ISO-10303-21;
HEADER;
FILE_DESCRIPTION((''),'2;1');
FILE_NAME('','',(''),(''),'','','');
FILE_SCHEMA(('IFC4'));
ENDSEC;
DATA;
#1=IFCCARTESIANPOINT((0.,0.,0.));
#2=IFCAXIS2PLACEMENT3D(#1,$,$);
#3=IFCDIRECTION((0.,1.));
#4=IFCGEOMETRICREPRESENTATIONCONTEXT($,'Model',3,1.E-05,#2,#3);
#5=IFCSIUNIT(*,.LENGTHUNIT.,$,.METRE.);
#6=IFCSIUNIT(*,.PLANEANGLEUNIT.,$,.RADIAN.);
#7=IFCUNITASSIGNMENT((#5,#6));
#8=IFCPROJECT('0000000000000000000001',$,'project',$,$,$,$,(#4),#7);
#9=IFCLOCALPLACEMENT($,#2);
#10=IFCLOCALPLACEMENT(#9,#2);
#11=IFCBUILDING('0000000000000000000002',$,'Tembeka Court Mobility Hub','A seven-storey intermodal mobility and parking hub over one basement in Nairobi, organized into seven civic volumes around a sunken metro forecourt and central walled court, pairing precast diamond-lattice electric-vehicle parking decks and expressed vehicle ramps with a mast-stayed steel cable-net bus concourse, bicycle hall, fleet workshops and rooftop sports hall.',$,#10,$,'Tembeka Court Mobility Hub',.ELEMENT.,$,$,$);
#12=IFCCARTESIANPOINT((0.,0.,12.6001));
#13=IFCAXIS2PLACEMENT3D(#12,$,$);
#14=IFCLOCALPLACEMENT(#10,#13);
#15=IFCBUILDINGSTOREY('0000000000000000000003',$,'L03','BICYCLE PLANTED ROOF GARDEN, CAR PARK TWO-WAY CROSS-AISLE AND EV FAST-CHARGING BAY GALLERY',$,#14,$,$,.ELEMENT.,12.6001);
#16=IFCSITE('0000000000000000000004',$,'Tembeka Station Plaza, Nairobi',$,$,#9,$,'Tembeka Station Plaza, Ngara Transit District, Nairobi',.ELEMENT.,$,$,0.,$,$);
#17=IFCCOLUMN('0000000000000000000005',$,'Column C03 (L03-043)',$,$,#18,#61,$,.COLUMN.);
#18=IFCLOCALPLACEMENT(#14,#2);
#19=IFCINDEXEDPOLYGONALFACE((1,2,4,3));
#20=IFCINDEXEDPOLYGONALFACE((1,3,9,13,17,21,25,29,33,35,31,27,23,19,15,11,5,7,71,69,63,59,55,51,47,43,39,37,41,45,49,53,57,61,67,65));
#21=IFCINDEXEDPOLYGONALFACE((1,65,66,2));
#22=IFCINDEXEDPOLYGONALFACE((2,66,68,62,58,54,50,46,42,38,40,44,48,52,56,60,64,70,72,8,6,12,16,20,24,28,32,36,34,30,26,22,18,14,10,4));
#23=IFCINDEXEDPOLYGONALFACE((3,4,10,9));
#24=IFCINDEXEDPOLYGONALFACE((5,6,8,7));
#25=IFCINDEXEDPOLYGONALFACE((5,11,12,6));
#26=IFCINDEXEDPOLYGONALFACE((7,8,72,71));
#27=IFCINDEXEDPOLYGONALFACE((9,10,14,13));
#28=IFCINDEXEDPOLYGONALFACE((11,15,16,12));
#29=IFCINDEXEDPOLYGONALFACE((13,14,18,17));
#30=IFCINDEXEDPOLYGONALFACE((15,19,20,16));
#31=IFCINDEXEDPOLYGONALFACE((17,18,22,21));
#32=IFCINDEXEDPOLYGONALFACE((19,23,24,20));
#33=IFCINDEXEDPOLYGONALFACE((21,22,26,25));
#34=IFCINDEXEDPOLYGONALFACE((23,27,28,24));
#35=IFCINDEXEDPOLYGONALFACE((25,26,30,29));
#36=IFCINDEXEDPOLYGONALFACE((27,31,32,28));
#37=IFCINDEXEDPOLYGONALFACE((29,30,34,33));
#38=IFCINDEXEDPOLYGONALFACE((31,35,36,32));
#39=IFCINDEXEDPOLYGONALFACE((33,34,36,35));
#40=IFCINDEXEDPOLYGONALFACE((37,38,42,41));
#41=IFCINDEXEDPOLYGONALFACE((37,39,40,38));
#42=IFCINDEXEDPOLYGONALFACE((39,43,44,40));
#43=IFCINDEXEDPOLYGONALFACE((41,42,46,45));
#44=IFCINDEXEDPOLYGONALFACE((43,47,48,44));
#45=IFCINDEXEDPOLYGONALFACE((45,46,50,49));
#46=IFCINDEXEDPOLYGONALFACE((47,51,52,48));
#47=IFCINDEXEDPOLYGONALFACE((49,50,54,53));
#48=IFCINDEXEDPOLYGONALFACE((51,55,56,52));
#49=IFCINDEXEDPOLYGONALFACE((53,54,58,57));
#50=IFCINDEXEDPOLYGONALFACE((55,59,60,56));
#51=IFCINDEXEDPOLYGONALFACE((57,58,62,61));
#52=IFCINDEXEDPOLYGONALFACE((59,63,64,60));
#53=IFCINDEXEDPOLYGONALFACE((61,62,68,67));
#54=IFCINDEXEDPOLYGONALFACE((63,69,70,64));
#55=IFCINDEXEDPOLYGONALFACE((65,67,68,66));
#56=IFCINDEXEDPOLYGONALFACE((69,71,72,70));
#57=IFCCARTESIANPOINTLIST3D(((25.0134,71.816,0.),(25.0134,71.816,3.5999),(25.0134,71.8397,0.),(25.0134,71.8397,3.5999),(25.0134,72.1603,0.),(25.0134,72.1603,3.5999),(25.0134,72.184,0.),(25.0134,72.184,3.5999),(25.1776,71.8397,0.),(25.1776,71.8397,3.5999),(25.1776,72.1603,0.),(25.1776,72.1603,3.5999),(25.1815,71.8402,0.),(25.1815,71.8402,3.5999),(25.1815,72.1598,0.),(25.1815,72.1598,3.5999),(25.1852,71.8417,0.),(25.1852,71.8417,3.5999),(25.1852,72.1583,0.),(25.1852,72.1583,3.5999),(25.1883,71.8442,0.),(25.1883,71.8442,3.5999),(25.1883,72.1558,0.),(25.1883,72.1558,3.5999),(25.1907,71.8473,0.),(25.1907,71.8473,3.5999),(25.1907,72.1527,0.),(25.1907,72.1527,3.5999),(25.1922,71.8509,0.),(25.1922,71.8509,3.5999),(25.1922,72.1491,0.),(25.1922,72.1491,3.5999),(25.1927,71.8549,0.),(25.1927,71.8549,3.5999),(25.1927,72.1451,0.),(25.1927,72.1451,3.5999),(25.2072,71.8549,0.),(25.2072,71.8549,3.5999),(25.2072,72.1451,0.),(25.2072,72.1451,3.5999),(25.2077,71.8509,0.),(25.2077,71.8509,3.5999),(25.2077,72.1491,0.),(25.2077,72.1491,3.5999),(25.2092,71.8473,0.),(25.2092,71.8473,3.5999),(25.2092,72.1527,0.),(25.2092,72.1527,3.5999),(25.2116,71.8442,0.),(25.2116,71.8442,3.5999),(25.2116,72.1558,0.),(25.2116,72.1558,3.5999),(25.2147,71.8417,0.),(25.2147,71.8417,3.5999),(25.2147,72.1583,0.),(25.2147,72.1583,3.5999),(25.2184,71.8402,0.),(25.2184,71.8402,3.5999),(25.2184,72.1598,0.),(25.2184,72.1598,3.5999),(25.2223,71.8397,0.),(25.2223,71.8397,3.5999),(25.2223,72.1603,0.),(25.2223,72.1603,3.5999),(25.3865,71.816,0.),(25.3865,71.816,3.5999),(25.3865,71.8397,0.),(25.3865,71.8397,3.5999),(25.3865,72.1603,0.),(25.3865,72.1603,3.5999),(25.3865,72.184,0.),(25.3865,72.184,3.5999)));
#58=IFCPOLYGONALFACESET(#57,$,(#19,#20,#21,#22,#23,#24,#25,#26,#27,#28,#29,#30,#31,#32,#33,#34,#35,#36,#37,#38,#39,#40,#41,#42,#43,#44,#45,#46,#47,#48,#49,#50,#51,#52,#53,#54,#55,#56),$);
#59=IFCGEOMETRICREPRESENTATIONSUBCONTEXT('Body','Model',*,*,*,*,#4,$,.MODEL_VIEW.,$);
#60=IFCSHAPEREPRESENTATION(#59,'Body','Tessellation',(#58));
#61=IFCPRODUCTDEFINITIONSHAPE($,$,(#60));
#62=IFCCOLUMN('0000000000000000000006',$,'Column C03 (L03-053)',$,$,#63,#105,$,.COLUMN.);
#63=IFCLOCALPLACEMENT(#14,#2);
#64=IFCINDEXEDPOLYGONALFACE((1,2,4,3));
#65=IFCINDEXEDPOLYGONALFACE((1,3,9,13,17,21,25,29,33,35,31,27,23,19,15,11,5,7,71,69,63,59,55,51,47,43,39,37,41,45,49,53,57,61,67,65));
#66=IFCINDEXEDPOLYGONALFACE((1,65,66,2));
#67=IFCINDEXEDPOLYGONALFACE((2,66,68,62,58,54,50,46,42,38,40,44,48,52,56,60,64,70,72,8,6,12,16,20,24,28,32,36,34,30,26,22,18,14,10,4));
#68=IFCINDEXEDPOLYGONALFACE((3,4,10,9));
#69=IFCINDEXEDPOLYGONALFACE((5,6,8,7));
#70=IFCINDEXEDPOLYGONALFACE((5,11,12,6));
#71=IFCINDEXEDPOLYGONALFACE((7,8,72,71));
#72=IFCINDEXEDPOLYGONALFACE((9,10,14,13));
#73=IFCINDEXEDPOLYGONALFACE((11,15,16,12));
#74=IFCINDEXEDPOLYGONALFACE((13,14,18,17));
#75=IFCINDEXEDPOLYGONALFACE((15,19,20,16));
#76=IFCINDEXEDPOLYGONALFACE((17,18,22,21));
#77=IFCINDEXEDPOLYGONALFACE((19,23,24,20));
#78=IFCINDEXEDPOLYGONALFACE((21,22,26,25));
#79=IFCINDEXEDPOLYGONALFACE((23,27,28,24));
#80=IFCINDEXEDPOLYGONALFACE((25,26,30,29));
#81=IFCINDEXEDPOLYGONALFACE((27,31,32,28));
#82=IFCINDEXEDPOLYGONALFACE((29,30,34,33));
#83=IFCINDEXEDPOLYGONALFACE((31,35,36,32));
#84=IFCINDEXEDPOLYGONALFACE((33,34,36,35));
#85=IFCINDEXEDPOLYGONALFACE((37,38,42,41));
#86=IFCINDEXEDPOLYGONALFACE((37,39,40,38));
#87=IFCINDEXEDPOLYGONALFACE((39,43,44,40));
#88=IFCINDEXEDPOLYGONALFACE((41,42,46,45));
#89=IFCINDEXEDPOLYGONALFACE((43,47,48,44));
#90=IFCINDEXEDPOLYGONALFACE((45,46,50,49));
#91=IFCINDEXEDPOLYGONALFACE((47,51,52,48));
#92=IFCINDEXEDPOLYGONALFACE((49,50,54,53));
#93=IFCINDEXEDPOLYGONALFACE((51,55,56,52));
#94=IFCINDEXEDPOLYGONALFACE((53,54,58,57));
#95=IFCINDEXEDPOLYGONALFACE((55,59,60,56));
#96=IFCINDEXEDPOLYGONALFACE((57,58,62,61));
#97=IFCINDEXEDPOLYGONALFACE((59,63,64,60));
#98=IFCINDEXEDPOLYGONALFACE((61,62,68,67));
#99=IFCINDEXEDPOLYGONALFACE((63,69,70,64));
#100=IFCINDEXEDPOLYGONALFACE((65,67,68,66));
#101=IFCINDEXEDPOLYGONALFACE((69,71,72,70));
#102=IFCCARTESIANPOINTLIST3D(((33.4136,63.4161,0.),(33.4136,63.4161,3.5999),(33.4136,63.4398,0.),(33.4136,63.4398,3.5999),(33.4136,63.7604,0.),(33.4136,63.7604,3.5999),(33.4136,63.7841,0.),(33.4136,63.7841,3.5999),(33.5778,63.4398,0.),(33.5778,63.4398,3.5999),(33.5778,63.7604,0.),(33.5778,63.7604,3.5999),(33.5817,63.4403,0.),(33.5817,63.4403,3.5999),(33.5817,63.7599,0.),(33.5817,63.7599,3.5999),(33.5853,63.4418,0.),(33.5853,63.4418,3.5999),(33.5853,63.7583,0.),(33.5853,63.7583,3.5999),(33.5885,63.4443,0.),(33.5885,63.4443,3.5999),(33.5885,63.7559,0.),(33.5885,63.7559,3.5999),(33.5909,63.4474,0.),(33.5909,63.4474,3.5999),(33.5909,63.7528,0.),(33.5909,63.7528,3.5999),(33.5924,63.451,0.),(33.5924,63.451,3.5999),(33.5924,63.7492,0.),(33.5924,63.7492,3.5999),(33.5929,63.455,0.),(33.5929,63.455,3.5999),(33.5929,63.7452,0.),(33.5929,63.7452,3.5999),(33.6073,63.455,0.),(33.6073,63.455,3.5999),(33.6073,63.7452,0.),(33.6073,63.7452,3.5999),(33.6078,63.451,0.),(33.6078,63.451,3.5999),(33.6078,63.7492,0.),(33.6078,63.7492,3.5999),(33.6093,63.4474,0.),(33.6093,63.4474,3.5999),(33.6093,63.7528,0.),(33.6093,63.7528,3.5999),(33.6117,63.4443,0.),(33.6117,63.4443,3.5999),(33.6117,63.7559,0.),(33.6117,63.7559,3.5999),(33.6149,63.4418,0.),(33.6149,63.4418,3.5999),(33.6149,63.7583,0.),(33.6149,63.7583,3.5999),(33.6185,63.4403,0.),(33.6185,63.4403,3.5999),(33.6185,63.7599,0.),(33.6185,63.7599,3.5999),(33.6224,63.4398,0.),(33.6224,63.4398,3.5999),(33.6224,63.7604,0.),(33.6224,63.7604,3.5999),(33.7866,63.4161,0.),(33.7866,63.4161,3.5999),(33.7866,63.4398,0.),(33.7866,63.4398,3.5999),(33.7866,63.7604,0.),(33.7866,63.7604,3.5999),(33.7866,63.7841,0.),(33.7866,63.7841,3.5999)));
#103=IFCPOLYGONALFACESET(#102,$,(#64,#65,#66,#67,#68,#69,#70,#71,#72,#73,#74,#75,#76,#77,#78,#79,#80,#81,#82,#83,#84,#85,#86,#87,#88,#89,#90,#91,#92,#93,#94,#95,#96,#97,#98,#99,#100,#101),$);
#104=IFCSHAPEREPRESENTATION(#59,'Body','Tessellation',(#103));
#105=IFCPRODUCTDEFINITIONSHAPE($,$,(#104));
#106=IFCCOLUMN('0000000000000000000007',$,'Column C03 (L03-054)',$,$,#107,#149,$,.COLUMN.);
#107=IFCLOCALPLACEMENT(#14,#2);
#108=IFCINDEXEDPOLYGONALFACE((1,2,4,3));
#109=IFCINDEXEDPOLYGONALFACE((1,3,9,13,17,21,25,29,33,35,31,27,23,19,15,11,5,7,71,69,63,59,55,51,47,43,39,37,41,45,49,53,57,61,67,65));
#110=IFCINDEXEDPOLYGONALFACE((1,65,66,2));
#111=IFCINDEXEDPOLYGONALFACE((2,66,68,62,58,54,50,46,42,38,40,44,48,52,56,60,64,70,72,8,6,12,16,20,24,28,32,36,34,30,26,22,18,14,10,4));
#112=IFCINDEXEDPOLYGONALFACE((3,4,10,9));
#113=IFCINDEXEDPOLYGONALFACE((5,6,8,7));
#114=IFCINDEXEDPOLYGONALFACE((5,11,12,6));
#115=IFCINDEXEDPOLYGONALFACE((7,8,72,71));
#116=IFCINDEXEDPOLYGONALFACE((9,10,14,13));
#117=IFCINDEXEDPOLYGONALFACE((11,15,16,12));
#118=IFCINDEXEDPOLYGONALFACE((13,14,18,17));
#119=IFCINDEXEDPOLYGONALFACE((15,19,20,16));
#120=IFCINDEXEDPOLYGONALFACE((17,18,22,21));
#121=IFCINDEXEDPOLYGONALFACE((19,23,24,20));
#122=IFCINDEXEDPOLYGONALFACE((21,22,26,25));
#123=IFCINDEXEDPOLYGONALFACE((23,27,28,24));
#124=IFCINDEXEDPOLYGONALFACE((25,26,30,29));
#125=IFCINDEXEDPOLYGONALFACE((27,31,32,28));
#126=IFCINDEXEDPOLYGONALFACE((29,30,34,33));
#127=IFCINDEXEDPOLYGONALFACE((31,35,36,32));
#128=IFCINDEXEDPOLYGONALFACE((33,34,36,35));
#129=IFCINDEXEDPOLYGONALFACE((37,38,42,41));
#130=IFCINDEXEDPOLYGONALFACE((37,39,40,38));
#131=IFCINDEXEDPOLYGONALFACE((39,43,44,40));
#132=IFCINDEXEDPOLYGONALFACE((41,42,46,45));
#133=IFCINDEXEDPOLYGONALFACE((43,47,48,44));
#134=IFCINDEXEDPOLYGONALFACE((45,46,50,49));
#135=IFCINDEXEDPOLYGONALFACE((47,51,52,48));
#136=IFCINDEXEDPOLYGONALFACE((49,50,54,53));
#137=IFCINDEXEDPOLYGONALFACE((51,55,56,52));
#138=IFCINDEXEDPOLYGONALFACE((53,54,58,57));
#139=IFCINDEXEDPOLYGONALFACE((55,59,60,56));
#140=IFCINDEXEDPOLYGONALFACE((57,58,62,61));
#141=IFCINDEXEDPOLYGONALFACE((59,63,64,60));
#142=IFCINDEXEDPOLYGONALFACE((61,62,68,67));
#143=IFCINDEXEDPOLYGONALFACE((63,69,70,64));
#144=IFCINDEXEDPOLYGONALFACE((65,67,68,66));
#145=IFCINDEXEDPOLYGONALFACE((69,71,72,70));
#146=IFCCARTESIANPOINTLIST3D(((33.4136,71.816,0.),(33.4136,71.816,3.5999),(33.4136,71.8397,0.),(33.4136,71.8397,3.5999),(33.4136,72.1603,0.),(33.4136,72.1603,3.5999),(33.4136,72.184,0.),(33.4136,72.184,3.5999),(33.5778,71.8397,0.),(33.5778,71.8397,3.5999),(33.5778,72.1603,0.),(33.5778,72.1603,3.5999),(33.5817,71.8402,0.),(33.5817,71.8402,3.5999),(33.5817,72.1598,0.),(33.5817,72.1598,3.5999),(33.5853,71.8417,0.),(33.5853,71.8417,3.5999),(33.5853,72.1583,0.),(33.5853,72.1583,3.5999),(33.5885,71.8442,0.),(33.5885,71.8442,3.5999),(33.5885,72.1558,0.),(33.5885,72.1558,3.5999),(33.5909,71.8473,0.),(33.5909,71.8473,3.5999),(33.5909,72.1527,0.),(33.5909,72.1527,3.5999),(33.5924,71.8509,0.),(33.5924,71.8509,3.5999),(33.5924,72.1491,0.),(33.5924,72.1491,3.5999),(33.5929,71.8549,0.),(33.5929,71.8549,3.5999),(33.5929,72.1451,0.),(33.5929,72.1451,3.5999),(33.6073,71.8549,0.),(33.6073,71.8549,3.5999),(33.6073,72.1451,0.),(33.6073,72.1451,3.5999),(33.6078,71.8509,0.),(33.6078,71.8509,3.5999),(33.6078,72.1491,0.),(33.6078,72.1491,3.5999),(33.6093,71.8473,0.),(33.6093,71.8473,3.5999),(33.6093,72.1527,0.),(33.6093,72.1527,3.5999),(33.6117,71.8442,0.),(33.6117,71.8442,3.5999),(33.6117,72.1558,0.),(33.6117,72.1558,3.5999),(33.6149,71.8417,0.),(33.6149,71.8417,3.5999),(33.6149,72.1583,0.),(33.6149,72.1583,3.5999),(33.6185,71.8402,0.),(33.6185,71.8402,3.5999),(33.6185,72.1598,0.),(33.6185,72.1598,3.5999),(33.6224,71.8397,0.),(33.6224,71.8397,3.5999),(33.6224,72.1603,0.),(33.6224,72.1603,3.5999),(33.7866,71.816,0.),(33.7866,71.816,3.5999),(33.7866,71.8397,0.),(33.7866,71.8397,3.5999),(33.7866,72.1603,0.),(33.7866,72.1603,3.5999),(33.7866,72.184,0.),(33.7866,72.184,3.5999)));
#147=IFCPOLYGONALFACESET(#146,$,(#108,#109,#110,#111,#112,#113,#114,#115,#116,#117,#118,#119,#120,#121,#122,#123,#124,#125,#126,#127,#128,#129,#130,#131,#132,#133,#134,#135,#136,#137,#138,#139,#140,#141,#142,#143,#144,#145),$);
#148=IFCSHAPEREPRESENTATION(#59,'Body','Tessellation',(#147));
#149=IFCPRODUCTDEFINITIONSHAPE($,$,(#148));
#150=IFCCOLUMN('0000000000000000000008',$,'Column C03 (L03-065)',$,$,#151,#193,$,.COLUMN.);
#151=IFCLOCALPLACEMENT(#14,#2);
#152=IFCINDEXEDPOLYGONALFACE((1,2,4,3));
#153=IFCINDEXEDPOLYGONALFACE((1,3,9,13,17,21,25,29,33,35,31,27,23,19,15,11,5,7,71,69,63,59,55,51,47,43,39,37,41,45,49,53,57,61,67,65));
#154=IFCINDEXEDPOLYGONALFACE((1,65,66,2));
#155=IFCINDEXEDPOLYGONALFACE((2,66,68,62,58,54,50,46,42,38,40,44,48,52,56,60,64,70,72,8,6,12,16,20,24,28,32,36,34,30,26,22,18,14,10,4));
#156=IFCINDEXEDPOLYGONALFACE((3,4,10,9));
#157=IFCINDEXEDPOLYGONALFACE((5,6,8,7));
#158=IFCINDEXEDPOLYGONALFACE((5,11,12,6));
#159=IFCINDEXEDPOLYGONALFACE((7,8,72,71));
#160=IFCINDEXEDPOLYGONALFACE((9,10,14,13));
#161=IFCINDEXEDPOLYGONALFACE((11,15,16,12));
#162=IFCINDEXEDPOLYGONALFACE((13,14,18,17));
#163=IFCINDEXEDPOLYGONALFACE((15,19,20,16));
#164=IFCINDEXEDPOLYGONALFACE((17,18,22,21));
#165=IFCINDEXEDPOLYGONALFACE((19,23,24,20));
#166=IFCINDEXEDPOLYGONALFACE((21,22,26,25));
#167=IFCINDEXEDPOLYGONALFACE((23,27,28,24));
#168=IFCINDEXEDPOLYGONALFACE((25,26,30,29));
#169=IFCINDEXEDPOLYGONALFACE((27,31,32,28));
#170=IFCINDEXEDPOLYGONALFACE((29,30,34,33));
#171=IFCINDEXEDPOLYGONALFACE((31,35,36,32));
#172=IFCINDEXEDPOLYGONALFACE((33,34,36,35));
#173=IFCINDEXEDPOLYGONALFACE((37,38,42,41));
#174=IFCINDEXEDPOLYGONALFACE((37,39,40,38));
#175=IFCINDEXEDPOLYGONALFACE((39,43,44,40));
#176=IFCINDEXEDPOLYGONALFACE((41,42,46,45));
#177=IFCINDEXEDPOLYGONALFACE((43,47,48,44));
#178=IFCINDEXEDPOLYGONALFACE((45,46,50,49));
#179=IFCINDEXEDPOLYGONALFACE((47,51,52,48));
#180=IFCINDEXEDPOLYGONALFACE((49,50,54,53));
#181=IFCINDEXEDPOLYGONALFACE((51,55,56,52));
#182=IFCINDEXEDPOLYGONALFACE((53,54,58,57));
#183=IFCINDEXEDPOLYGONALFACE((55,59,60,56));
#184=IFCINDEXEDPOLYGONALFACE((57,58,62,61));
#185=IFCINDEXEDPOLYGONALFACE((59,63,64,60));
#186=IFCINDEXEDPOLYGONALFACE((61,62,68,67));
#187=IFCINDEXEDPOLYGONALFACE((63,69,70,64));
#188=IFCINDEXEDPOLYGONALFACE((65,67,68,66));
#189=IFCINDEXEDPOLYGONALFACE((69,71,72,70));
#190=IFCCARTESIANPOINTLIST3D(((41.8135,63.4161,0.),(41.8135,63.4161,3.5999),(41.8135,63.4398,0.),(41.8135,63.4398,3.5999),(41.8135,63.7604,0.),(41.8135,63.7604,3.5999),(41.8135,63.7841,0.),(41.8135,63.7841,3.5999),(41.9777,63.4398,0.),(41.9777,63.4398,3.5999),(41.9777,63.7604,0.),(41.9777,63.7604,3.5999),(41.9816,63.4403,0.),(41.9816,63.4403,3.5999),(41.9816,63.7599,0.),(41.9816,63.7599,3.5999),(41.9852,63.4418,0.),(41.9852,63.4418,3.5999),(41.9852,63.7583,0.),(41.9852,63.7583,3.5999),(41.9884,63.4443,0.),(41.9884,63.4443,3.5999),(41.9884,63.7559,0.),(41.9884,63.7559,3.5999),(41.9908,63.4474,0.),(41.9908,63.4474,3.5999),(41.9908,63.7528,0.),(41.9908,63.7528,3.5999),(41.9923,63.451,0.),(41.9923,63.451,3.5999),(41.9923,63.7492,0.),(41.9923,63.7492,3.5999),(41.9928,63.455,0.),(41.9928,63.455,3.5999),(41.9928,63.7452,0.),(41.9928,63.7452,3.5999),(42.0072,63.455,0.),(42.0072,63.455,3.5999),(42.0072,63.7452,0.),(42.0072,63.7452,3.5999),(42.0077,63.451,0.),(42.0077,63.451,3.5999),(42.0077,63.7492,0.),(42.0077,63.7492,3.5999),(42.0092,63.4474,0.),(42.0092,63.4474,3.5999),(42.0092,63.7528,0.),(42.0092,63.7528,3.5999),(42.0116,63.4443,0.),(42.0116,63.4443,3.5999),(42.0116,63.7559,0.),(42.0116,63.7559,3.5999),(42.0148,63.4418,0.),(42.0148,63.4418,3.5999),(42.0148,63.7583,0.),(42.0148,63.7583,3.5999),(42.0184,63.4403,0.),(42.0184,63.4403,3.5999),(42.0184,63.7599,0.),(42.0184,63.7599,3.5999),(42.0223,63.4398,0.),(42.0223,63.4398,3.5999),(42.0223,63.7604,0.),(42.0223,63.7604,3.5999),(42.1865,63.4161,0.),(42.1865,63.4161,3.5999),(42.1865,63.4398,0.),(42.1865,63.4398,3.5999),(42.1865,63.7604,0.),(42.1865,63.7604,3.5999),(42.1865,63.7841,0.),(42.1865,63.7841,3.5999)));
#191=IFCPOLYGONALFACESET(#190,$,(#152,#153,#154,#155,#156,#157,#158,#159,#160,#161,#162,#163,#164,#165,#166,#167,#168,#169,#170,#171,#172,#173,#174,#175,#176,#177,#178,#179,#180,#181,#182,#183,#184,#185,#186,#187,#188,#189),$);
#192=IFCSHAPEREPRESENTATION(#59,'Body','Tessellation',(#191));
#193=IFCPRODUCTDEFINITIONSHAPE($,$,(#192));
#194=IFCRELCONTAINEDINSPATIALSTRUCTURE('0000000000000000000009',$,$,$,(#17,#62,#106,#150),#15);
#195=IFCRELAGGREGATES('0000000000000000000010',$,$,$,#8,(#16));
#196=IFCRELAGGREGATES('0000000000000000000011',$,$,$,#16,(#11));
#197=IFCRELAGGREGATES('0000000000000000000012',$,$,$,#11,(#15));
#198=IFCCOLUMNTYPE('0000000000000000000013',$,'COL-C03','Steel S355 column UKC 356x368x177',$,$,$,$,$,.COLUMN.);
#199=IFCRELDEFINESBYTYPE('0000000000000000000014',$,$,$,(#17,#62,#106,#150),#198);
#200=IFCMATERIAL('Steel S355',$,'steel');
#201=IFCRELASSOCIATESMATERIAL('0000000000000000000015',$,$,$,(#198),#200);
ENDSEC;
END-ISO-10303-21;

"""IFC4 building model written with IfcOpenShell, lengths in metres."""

from ifc_helpers import new_model, si_unit, direction, frame, origin, origin_2d, place, context, subcontext, project, spatial, i_section, extrude, material, material_profile, profile_set, type_object, element, save


model = new_model("IFC4")

# Units and contexts
model_context = context("Model", 3, precision=1e-05, world=origin(), true_north=direction((0.0, 1.0)))
body_context = subcontext(model_context, "Body", "Model", "MODEL_VIEW")
ifc_project = project(units=[si_unit("LENGTHUNIT", "METRE"), si_unit("PLANEANGLEUNIT", "RADIAN")], contexts=[model_context])

# Site, building, storey
site_placement = place(None, origin())
site = spatial("IfcSite", under=ifc_project, at=site_placement, Name="Tembeka Station Plaza, Nairobi", LongName="Tembeka Station Plaza, Ngara Transit District, Nairobi", CompositionType="ELEMENT", RefElevation=0.0)
building_placement = place(site_placement, origin())
building = spatial("IfcBuilding", under=site, at=building_placement, Name="Tembeka Court Mobility Hub", Description="A seven-storey intermodal mobility and parking hub over one basement in Nairobi, organized into seven civic volumes around a sunken metro forecourt and central walled court, pairing precast diamond-lattice electric-vehicle parking decks and expressed vehicle ramps with a mast-stayed steel cable-net bus concourse, bicycle hall, fleet workshops and rooftop sports hall.", LongName="Tembeka Court Mobility Hub", CompositionType="ELEMENT")
storey_placement = place(building_placement, frame((0.0, 0.0, 12.6001)))
storey = spatial("IfcBuildingStorey", under=building, at=storey_placement, Name="L03", Description="BICYCLE PLANTED ROOF GARDEN, CAR PARK TWO-WAY CROSS-AISLE AND EV FAST-CHARGING BAY GALLERY", CompositionType="ELEMENT", Elevation=12.6001)

# Columns
ifc_material = material(Name="Steel S355", Category="steel")
ifc_material_profile_1 = material_profile(ifc_material, i_section(OverallWidth=0.373, OverallDepth=0.3679, WebThickness=0.0144, FlangeThickness=0.0237, FilletRadius=0.0151, at=origin_2d()), Name="UKC 356x368x177")
ifc_profile_set_1 = profile_set([ifc_material_profile_1], Name="Steel S355")
column_type = type_object("IfcColumnType", Name="COL-C03", Description="Steel S355 column UKC 356x368x177", PredefinedType="COLUMN", material=ifc_profile_set_1)
for number, where, z_axis, x_axis, name in (
    (1, (25.2, 72.0, 0.0), (0.0, 0.0, 1.0), (1.0, 0.0, 0.0), "Column C03 (L03-043)"),
    (2, (33.6001, 63.6001, 0.0), (0.0, 0.0, 1.0), (1.0, 0.0, 0.0), "Column C03 (L03-053)"),
    (3, (33.6001, 72.0, 0.0), (0.0, 0.0, 1.0), (1.0, 0.0, 0.0), "Column C03 (L03-054)"),
    (4, (42.0, 63.6001, 0.0), (0.0, 0.0, 1.0), (1.0, 0.0, 0.0), "Column C03 (L03-065)"),
):
    element("IfcColumn", number, at=place(storey_placement, frame(where, z_axis=z_axis, x_axis=x_axis)), inside=storey, type_object=column_type, Name=name, PredefinedType="COLUMN", context=body_context, shape_type="SweptSolid", body=[
        extrude(i_section(OverallWidth=0.373, OverallDepth=0.3679, WebThickness=0.0144, FlangeThickness=0.0237, FilletRadius=0.0151, at=origin_2d()), origin(), (0.0, 0.0, 1.0), 3.5999),
    ])

save(model, "model.ifc")
